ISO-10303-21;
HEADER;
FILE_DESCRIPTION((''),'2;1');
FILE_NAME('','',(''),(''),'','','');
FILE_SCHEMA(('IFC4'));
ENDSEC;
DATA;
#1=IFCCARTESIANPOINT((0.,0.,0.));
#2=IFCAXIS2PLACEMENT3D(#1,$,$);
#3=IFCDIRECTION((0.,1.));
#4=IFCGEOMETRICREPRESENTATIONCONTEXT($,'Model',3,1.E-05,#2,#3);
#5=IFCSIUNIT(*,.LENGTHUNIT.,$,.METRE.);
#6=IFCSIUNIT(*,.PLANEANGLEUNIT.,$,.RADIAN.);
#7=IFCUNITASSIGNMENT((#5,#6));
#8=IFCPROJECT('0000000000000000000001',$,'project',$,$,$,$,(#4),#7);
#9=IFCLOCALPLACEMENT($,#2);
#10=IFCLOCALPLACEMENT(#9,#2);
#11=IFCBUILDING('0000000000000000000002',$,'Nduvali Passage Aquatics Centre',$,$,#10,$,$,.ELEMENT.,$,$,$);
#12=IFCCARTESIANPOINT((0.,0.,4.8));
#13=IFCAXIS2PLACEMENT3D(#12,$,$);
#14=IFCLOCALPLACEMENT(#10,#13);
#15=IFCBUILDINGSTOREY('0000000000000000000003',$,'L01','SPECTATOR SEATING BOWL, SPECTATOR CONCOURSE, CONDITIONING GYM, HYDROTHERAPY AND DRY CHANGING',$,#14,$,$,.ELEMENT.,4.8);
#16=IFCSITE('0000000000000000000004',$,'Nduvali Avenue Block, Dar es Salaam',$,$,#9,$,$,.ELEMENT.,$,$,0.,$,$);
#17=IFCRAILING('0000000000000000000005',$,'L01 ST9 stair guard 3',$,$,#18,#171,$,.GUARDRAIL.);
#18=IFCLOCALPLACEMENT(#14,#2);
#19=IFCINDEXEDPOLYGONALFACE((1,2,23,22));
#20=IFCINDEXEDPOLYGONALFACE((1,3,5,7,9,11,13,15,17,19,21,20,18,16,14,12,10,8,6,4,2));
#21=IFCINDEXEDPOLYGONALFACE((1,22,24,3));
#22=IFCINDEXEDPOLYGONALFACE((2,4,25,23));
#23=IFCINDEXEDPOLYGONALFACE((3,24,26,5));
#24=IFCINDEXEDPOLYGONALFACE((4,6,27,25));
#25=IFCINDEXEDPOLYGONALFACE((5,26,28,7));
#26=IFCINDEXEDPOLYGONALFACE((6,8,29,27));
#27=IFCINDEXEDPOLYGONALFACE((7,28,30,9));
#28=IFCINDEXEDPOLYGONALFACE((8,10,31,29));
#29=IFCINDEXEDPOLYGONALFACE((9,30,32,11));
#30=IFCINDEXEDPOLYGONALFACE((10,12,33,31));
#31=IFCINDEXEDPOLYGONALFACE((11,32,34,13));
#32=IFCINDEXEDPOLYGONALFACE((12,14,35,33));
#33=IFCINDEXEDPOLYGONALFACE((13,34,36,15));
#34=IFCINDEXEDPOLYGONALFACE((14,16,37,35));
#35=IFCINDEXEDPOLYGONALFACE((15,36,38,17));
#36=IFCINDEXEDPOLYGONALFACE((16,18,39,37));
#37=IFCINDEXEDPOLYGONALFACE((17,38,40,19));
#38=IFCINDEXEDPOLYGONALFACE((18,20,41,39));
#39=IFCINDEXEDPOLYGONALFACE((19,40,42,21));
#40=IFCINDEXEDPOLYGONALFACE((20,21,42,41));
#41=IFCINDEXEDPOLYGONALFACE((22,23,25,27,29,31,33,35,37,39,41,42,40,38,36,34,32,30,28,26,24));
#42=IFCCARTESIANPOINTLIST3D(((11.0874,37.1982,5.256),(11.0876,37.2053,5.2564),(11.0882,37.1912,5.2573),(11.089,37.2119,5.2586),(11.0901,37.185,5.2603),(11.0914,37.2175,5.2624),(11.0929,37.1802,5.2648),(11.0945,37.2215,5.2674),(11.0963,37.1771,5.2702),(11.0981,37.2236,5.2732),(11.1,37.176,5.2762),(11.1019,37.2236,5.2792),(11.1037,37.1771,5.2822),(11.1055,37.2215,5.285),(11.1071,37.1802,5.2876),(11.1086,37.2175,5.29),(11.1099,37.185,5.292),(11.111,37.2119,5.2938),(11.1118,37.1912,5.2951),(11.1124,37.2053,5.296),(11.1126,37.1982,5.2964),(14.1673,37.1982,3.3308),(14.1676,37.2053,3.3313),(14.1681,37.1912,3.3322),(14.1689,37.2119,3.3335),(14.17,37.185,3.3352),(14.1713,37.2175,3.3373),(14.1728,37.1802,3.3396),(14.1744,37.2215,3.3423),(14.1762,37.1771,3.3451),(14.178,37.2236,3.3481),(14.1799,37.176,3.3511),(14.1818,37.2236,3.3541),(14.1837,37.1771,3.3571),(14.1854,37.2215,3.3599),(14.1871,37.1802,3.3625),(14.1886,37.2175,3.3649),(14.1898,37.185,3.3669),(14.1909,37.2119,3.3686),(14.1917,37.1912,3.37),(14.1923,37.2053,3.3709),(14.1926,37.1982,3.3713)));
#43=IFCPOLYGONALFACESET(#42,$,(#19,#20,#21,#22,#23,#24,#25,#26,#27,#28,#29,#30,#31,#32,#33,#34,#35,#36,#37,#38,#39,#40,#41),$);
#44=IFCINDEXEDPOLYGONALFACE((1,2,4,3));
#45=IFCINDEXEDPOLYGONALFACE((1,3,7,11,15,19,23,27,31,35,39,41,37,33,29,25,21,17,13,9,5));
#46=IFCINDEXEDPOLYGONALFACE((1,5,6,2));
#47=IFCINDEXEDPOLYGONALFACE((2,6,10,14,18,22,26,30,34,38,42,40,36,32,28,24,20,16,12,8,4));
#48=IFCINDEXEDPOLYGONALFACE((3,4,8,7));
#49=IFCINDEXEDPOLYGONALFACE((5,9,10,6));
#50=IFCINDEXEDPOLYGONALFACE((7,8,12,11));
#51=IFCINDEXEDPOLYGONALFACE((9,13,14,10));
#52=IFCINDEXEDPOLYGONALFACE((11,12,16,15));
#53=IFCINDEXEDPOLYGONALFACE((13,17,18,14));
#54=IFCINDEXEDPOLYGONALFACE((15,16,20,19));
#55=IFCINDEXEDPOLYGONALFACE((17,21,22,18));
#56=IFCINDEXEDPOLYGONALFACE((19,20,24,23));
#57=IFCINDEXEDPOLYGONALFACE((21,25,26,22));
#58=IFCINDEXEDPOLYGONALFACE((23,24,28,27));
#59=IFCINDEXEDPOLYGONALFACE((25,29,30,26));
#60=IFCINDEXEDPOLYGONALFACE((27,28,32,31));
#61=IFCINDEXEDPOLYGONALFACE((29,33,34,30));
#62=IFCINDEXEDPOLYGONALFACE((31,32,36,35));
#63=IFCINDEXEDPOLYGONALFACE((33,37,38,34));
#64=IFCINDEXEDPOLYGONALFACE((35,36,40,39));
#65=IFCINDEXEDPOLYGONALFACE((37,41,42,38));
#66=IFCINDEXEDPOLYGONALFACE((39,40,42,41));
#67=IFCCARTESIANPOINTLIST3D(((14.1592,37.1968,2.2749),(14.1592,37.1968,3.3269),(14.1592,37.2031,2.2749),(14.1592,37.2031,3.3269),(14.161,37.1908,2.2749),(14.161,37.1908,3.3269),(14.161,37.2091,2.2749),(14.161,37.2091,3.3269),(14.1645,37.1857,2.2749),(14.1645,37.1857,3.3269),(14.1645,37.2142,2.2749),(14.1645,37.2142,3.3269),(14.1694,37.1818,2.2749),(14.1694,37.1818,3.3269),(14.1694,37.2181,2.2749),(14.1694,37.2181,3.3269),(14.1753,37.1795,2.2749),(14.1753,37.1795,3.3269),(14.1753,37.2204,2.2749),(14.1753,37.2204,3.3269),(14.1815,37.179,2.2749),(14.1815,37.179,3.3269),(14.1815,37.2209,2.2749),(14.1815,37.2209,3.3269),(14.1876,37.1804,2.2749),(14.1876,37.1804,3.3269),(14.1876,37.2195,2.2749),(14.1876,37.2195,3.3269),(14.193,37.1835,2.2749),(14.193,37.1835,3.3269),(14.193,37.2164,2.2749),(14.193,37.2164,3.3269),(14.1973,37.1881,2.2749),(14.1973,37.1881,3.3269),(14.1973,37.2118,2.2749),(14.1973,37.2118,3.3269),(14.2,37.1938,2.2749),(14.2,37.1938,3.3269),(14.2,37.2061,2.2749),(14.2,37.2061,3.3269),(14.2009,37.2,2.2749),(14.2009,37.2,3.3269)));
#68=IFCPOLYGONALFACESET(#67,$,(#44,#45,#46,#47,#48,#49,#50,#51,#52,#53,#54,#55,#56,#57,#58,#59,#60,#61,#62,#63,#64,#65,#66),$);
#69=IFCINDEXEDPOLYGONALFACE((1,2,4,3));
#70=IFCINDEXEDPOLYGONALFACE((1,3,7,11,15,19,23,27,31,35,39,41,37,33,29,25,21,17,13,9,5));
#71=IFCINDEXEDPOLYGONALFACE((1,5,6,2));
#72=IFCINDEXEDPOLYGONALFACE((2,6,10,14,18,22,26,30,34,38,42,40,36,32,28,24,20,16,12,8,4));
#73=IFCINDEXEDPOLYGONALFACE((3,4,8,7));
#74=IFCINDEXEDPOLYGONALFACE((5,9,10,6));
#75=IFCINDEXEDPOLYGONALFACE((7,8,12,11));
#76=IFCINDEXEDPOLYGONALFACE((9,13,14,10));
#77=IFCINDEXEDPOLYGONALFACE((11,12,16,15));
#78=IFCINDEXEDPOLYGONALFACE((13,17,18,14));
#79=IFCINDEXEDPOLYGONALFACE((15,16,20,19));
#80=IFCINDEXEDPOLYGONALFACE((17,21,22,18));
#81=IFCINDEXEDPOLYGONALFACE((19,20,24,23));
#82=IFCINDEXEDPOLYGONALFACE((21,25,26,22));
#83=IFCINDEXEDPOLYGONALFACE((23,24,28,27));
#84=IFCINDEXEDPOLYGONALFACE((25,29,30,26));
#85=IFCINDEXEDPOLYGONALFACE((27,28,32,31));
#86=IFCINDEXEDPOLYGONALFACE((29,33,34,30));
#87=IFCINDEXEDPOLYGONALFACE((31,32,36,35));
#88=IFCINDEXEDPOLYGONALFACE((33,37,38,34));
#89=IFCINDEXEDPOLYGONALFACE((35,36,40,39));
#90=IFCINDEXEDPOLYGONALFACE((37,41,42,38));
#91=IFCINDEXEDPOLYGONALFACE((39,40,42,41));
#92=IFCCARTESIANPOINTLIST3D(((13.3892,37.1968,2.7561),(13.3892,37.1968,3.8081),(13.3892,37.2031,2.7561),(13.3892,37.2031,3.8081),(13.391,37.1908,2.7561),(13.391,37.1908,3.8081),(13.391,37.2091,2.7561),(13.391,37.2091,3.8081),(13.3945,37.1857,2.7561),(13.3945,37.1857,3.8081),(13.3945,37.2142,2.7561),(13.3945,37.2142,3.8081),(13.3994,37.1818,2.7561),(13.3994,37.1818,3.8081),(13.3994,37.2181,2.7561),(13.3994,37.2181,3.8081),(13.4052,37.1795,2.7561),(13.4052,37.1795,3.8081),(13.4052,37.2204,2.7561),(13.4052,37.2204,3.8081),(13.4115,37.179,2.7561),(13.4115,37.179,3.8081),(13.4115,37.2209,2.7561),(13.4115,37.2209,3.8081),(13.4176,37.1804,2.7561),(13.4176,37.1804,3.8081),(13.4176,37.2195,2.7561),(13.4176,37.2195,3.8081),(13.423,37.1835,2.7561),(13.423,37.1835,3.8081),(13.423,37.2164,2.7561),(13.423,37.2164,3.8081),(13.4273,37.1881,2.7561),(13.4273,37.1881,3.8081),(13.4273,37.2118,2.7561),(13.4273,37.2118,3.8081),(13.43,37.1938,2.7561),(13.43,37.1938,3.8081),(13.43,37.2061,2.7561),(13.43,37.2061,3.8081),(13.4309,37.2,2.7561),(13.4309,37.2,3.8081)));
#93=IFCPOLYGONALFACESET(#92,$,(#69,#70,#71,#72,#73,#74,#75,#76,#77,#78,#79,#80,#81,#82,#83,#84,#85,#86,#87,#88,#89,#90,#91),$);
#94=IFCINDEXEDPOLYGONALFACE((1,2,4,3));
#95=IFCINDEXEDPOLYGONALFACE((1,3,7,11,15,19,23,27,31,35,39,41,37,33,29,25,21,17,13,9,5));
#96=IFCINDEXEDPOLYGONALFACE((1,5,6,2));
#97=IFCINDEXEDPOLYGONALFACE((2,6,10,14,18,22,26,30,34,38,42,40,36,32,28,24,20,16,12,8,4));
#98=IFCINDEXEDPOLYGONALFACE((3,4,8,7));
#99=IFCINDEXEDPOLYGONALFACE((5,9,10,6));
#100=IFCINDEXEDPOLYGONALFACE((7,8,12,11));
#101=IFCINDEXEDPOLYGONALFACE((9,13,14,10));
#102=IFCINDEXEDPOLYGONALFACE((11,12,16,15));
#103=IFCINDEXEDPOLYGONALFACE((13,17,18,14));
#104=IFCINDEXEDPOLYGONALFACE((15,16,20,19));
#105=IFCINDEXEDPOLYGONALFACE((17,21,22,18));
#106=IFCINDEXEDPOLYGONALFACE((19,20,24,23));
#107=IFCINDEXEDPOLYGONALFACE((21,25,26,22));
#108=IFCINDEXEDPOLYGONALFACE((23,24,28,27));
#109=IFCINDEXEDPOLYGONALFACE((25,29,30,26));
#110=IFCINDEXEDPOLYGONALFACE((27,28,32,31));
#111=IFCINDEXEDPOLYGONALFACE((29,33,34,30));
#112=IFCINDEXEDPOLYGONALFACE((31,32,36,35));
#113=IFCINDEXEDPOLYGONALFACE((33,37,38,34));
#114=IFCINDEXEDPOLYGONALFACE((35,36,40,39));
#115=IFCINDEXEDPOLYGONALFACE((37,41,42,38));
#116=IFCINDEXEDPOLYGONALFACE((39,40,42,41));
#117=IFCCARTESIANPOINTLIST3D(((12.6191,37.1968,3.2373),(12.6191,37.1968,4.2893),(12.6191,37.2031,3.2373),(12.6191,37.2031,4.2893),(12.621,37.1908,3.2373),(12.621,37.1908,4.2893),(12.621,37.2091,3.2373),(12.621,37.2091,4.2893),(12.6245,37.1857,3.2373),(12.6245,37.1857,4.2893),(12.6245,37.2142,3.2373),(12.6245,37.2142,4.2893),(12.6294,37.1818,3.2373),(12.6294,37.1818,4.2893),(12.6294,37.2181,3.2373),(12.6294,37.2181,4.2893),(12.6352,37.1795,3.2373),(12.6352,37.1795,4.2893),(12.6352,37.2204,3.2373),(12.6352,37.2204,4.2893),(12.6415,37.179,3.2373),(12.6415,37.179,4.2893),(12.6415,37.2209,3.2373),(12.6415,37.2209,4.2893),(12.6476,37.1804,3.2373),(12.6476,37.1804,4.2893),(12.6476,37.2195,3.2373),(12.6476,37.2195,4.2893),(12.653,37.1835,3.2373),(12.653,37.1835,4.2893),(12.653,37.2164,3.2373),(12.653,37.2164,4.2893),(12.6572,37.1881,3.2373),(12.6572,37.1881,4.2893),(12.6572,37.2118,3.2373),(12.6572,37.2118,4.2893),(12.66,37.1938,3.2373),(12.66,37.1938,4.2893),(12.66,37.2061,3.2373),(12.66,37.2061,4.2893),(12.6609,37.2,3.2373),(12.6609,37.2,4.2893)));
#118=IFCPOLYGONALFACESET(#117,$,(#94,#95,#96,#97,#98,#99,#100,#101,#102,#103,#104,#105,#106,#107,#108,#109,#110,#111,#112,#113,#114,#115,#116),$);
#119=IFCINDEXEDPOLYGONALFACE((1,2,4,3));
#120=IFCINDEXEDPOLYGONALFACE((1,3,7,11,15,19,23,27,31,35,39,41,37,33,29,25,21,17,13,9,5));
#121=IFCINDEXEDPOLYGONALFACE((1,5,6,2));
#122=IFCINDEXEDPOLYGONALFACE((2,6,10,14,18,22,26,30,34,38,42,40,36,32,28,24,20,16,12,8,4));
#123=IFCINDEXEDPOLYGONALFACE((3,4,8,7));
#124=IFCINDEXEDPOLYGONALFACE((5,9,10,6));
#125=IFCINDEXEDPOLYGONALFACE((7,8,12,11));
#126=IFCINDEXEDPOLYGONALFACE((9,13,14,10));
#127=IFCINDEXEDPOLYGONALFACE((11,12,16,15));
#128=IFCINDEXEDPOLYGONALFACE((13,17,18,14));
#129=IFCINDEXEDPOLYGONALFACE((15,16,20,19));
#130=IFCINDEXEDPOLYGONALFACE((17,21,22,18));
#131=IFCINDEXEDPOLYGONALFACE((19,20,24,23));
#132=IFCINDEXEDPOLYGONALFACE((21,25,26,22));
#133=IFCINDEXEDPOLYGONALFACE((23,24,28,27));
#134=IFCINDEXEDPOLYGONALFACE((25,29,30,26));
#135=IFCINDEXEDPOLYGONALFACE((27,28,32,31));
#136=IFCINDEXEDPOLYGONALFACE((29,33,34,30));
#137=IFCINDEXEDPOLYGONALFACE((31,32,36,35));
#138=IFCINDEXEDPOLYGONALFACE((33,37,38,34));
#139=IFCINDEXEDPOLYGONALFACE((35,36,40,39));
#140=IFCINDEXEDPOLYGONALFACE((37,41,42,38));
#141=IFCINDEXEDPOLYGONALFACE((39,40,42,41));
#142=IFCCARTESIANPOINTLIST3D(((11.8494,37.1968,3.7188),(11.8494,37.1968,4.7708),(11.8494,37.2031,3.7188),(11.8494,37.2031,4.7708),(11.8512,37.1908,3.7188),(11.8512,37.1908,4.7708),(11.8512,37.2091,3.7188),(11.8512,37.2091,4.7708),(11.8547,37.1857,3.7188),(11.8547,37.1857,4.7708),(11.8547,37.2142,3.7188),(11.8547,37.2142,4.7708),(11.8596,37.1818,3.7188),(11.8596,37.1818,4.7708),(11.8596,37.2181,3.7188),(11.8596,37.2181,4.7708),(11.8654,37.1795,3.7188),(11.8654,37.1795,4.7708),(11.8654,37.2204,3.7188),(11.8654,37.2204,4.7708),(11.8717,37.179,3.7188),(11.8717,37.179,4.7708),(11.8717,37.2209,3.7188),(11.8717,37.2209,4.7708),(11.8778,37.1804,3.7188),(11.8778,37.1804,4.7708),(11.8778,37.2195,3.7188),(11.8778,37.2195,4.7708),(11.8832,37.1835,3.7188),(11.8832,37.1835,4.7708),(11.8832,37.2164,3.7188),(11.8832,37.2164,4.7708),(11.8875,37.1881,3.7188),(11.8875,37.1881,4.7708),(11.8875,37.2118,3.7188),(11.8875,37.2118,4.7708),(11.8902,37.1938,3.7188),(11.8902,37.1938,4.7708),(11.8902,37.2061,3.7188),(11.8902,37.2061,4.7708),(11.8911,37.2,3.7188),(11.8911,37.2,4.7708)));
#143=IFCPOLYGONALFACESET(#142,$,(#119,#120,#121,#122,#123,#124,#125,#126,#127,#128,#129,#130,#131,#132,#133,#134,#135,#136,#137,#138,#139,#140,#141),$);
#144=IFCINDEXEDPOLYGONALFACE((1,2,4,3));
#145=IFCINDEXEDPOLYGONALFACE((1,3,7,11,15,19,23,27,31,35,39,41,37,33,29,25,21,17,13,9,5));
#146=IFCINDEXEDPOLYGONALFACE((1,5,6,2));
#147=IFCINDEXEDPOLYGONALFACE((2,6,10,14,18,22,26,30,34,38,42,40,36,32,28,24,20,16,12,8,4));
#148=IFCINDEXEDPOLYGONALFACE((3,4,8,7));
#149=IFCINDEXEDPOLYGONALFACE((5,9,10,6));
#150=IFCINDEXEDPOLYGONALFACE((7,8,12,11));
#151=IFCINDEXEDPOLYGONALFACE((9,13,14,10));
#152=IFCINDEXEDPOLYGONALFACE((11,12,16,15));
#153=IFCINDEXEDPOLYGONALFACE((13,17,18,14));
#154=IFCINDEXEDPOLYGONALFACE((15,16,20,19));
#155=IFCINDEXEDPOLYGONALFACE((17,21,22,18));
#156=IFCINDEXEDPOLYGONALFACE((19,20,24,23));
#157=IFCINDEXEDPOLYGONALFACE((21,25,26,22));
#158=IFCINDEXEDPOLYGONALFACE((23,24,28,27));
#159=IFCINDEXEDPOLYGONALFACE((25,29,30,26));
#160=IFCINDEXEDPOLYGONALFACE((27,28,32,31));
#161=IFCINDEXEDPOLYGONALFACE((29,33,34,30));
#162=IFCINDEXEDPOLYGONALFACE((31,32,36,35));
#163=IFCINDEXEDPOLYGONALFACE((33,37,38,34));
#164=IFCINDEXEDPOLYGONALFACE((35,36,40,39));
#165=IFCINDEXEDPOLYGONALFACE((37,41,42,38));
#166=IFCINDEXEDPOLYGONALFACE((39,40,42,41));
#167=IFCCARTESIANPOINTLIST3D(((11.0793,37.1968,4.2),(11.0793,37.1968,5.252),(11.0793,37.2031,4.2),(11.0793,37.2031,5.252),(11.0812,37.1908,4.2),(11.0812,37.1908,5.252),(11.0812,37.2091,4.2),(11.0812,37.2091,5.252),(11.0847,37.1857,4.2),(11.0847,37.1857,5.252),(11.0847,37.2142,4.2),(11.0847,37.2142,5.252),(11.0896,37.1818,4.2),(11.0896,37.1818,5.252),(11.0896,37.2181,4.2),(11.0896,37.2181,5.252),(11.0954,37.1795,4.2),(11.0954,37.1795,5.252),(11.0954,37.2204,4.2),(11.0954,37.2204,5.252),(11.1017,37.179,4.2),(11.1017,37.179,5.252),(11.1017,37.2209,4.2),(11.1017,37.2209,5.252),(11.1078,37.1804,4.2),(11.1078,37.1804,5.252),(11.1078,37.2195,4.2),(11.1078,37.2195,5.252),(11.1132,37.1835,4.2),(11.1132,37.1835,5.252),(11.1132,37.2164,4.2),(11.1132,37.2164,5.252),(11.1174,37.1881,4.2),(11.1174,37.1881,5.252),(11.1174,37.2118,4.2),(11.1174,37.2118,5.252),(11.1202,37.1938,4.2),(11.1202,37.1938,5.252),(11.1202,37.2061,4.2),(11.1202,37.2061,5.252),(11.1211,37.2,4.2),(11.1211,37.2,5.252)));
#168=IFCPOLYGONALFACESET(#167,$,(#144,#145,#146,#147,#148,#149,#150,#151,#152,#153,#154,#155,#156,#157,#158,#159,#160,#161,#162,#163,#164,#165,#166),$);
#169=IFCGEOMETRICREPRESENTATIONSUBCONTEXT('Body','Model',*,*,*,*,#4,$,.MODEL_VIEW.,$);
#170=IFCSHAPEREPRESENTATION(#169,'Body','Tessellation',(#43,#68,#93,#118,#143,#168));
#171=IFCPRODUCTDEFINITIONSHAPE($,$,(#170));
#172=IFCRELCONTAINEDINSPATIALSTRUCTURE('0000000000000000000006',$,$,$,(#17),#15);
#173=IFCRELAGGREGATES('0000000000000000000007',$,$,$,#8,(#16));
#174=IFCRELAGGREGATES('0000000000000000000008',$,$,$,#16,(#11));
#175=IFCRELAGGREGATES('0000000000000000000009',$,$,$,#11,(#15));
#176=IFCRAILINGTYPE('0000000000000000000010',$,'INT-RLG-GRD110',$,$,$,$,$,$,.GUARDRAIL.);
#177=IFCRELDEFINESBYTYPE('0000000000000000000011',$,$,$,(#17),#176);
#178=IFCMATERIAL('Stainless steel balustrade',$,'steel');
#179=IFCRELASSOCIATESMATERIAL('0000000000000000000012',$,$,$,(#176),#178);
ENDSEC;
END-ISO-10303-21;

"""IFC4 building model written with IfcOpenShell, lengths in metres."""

from ifc_helpers import new_model, si_unit, direction, frame, origin, origin_2d, place, context, subcontext, project, spatial, circle, extrude, material, type_object, element, save


model = new_model("IFC4")

# Units and contexts
model_context = context("Model", 3, precision=1e-05, world=origin(), true_north=direction((0.0, 1.0)))
body_context = subcontext(model_context, "Body", "Model", "MODEL_VIEW")
ifc_project = project(units=[si_unit("LENGTHUNIT", "METRE"), si_unit("PLANEANGLEUNIT", "RADIAN")], contexts=[model_context])

# Site, building, storey
site_placement = place(None, origin())
site = spatial("IfcSite", under=ifc_project, at=site_placement, Name="Nduvali Avenue Block, Dar es Salaam", CompositionType="ELEMENT", RefElevation=0.0)
building_placement = place(site_placement, origin())
building = spatial("IfcBuilding", under=site, at=building_placement, Name="Nduvali Passage Aquatics Centre", CompositionType="ELEMENT")
storey_placement = place(building_placement, frame((0.0, 0.0, 4.8)))
storey = spatial("IfcBuildingStorey", under=building, at=storey_placement, Name="L01", Description="SPECTATOR SEATING BOWL, SPECTATOR CONCOURSE, CONDITIONING GYM, HYDROTHERAPY AND DRY CHANGING", CompositionType="ELEMENT", Elevation=4.8)

# Railing
ifc_material_1 = material(Name="Stainless steel balustrade", Category="steel")
railing_type_1 = type_object("IfcRailingType", Name="INT-RLG-GRD110", PredefinedType="GUARDRAIL", material=ifc_material_1)
railing_1_placement = place(storey_placement, frame((14.1799, 37.2, 2.2749)))
element("IfcRailing", 1, at=railing_1_placement, inside=storey, type_object=railing_type_1, Name="L01 ST9 stair guard 3", PredefinedType="GUARDRAIL", context=body_context, shape_type="SweptSolid", body=[
    extrude(circle(Radius=0.0239, at=origin_2d()), frame((0.0, 0.0, 1.0762), z_axis=(-0.847979, 0.0, 0.530029), x_axis=(0.0, -1.0, 0.0)), (0.0, 0.0, 1.0), 3.6321),
    extrude(circle(Radius=0.021, at=origin_2d()), origin(), (0.0, 0.0, 1.0), 1.052),
    extrude(circle(Radius=0.021, at=origin_2d()), frame((-0.77, 0.0, 0.4812)), (0.0, 0.0, 1.0), 1.052),
    extrude(circle(Radius=0.021, at=origin_2d()), frame((-1.54, 0.0, 0.9624)), (0.0, 0.0, 1.0), 1.052),
    extrude(circle(Radius=0.021, at=origin_2d()), frame((-2.3098, 0.0, 1.4438)), (0.0, 0.0, 1.0), 1.052),
    extrude(circle(Radius=0.021, at=origin_2d()), frame((-3.0798, 0.0, 1.925)), (0.0, 0.0, 1.0), 1.052),
])

save(model, "model.ifc")
